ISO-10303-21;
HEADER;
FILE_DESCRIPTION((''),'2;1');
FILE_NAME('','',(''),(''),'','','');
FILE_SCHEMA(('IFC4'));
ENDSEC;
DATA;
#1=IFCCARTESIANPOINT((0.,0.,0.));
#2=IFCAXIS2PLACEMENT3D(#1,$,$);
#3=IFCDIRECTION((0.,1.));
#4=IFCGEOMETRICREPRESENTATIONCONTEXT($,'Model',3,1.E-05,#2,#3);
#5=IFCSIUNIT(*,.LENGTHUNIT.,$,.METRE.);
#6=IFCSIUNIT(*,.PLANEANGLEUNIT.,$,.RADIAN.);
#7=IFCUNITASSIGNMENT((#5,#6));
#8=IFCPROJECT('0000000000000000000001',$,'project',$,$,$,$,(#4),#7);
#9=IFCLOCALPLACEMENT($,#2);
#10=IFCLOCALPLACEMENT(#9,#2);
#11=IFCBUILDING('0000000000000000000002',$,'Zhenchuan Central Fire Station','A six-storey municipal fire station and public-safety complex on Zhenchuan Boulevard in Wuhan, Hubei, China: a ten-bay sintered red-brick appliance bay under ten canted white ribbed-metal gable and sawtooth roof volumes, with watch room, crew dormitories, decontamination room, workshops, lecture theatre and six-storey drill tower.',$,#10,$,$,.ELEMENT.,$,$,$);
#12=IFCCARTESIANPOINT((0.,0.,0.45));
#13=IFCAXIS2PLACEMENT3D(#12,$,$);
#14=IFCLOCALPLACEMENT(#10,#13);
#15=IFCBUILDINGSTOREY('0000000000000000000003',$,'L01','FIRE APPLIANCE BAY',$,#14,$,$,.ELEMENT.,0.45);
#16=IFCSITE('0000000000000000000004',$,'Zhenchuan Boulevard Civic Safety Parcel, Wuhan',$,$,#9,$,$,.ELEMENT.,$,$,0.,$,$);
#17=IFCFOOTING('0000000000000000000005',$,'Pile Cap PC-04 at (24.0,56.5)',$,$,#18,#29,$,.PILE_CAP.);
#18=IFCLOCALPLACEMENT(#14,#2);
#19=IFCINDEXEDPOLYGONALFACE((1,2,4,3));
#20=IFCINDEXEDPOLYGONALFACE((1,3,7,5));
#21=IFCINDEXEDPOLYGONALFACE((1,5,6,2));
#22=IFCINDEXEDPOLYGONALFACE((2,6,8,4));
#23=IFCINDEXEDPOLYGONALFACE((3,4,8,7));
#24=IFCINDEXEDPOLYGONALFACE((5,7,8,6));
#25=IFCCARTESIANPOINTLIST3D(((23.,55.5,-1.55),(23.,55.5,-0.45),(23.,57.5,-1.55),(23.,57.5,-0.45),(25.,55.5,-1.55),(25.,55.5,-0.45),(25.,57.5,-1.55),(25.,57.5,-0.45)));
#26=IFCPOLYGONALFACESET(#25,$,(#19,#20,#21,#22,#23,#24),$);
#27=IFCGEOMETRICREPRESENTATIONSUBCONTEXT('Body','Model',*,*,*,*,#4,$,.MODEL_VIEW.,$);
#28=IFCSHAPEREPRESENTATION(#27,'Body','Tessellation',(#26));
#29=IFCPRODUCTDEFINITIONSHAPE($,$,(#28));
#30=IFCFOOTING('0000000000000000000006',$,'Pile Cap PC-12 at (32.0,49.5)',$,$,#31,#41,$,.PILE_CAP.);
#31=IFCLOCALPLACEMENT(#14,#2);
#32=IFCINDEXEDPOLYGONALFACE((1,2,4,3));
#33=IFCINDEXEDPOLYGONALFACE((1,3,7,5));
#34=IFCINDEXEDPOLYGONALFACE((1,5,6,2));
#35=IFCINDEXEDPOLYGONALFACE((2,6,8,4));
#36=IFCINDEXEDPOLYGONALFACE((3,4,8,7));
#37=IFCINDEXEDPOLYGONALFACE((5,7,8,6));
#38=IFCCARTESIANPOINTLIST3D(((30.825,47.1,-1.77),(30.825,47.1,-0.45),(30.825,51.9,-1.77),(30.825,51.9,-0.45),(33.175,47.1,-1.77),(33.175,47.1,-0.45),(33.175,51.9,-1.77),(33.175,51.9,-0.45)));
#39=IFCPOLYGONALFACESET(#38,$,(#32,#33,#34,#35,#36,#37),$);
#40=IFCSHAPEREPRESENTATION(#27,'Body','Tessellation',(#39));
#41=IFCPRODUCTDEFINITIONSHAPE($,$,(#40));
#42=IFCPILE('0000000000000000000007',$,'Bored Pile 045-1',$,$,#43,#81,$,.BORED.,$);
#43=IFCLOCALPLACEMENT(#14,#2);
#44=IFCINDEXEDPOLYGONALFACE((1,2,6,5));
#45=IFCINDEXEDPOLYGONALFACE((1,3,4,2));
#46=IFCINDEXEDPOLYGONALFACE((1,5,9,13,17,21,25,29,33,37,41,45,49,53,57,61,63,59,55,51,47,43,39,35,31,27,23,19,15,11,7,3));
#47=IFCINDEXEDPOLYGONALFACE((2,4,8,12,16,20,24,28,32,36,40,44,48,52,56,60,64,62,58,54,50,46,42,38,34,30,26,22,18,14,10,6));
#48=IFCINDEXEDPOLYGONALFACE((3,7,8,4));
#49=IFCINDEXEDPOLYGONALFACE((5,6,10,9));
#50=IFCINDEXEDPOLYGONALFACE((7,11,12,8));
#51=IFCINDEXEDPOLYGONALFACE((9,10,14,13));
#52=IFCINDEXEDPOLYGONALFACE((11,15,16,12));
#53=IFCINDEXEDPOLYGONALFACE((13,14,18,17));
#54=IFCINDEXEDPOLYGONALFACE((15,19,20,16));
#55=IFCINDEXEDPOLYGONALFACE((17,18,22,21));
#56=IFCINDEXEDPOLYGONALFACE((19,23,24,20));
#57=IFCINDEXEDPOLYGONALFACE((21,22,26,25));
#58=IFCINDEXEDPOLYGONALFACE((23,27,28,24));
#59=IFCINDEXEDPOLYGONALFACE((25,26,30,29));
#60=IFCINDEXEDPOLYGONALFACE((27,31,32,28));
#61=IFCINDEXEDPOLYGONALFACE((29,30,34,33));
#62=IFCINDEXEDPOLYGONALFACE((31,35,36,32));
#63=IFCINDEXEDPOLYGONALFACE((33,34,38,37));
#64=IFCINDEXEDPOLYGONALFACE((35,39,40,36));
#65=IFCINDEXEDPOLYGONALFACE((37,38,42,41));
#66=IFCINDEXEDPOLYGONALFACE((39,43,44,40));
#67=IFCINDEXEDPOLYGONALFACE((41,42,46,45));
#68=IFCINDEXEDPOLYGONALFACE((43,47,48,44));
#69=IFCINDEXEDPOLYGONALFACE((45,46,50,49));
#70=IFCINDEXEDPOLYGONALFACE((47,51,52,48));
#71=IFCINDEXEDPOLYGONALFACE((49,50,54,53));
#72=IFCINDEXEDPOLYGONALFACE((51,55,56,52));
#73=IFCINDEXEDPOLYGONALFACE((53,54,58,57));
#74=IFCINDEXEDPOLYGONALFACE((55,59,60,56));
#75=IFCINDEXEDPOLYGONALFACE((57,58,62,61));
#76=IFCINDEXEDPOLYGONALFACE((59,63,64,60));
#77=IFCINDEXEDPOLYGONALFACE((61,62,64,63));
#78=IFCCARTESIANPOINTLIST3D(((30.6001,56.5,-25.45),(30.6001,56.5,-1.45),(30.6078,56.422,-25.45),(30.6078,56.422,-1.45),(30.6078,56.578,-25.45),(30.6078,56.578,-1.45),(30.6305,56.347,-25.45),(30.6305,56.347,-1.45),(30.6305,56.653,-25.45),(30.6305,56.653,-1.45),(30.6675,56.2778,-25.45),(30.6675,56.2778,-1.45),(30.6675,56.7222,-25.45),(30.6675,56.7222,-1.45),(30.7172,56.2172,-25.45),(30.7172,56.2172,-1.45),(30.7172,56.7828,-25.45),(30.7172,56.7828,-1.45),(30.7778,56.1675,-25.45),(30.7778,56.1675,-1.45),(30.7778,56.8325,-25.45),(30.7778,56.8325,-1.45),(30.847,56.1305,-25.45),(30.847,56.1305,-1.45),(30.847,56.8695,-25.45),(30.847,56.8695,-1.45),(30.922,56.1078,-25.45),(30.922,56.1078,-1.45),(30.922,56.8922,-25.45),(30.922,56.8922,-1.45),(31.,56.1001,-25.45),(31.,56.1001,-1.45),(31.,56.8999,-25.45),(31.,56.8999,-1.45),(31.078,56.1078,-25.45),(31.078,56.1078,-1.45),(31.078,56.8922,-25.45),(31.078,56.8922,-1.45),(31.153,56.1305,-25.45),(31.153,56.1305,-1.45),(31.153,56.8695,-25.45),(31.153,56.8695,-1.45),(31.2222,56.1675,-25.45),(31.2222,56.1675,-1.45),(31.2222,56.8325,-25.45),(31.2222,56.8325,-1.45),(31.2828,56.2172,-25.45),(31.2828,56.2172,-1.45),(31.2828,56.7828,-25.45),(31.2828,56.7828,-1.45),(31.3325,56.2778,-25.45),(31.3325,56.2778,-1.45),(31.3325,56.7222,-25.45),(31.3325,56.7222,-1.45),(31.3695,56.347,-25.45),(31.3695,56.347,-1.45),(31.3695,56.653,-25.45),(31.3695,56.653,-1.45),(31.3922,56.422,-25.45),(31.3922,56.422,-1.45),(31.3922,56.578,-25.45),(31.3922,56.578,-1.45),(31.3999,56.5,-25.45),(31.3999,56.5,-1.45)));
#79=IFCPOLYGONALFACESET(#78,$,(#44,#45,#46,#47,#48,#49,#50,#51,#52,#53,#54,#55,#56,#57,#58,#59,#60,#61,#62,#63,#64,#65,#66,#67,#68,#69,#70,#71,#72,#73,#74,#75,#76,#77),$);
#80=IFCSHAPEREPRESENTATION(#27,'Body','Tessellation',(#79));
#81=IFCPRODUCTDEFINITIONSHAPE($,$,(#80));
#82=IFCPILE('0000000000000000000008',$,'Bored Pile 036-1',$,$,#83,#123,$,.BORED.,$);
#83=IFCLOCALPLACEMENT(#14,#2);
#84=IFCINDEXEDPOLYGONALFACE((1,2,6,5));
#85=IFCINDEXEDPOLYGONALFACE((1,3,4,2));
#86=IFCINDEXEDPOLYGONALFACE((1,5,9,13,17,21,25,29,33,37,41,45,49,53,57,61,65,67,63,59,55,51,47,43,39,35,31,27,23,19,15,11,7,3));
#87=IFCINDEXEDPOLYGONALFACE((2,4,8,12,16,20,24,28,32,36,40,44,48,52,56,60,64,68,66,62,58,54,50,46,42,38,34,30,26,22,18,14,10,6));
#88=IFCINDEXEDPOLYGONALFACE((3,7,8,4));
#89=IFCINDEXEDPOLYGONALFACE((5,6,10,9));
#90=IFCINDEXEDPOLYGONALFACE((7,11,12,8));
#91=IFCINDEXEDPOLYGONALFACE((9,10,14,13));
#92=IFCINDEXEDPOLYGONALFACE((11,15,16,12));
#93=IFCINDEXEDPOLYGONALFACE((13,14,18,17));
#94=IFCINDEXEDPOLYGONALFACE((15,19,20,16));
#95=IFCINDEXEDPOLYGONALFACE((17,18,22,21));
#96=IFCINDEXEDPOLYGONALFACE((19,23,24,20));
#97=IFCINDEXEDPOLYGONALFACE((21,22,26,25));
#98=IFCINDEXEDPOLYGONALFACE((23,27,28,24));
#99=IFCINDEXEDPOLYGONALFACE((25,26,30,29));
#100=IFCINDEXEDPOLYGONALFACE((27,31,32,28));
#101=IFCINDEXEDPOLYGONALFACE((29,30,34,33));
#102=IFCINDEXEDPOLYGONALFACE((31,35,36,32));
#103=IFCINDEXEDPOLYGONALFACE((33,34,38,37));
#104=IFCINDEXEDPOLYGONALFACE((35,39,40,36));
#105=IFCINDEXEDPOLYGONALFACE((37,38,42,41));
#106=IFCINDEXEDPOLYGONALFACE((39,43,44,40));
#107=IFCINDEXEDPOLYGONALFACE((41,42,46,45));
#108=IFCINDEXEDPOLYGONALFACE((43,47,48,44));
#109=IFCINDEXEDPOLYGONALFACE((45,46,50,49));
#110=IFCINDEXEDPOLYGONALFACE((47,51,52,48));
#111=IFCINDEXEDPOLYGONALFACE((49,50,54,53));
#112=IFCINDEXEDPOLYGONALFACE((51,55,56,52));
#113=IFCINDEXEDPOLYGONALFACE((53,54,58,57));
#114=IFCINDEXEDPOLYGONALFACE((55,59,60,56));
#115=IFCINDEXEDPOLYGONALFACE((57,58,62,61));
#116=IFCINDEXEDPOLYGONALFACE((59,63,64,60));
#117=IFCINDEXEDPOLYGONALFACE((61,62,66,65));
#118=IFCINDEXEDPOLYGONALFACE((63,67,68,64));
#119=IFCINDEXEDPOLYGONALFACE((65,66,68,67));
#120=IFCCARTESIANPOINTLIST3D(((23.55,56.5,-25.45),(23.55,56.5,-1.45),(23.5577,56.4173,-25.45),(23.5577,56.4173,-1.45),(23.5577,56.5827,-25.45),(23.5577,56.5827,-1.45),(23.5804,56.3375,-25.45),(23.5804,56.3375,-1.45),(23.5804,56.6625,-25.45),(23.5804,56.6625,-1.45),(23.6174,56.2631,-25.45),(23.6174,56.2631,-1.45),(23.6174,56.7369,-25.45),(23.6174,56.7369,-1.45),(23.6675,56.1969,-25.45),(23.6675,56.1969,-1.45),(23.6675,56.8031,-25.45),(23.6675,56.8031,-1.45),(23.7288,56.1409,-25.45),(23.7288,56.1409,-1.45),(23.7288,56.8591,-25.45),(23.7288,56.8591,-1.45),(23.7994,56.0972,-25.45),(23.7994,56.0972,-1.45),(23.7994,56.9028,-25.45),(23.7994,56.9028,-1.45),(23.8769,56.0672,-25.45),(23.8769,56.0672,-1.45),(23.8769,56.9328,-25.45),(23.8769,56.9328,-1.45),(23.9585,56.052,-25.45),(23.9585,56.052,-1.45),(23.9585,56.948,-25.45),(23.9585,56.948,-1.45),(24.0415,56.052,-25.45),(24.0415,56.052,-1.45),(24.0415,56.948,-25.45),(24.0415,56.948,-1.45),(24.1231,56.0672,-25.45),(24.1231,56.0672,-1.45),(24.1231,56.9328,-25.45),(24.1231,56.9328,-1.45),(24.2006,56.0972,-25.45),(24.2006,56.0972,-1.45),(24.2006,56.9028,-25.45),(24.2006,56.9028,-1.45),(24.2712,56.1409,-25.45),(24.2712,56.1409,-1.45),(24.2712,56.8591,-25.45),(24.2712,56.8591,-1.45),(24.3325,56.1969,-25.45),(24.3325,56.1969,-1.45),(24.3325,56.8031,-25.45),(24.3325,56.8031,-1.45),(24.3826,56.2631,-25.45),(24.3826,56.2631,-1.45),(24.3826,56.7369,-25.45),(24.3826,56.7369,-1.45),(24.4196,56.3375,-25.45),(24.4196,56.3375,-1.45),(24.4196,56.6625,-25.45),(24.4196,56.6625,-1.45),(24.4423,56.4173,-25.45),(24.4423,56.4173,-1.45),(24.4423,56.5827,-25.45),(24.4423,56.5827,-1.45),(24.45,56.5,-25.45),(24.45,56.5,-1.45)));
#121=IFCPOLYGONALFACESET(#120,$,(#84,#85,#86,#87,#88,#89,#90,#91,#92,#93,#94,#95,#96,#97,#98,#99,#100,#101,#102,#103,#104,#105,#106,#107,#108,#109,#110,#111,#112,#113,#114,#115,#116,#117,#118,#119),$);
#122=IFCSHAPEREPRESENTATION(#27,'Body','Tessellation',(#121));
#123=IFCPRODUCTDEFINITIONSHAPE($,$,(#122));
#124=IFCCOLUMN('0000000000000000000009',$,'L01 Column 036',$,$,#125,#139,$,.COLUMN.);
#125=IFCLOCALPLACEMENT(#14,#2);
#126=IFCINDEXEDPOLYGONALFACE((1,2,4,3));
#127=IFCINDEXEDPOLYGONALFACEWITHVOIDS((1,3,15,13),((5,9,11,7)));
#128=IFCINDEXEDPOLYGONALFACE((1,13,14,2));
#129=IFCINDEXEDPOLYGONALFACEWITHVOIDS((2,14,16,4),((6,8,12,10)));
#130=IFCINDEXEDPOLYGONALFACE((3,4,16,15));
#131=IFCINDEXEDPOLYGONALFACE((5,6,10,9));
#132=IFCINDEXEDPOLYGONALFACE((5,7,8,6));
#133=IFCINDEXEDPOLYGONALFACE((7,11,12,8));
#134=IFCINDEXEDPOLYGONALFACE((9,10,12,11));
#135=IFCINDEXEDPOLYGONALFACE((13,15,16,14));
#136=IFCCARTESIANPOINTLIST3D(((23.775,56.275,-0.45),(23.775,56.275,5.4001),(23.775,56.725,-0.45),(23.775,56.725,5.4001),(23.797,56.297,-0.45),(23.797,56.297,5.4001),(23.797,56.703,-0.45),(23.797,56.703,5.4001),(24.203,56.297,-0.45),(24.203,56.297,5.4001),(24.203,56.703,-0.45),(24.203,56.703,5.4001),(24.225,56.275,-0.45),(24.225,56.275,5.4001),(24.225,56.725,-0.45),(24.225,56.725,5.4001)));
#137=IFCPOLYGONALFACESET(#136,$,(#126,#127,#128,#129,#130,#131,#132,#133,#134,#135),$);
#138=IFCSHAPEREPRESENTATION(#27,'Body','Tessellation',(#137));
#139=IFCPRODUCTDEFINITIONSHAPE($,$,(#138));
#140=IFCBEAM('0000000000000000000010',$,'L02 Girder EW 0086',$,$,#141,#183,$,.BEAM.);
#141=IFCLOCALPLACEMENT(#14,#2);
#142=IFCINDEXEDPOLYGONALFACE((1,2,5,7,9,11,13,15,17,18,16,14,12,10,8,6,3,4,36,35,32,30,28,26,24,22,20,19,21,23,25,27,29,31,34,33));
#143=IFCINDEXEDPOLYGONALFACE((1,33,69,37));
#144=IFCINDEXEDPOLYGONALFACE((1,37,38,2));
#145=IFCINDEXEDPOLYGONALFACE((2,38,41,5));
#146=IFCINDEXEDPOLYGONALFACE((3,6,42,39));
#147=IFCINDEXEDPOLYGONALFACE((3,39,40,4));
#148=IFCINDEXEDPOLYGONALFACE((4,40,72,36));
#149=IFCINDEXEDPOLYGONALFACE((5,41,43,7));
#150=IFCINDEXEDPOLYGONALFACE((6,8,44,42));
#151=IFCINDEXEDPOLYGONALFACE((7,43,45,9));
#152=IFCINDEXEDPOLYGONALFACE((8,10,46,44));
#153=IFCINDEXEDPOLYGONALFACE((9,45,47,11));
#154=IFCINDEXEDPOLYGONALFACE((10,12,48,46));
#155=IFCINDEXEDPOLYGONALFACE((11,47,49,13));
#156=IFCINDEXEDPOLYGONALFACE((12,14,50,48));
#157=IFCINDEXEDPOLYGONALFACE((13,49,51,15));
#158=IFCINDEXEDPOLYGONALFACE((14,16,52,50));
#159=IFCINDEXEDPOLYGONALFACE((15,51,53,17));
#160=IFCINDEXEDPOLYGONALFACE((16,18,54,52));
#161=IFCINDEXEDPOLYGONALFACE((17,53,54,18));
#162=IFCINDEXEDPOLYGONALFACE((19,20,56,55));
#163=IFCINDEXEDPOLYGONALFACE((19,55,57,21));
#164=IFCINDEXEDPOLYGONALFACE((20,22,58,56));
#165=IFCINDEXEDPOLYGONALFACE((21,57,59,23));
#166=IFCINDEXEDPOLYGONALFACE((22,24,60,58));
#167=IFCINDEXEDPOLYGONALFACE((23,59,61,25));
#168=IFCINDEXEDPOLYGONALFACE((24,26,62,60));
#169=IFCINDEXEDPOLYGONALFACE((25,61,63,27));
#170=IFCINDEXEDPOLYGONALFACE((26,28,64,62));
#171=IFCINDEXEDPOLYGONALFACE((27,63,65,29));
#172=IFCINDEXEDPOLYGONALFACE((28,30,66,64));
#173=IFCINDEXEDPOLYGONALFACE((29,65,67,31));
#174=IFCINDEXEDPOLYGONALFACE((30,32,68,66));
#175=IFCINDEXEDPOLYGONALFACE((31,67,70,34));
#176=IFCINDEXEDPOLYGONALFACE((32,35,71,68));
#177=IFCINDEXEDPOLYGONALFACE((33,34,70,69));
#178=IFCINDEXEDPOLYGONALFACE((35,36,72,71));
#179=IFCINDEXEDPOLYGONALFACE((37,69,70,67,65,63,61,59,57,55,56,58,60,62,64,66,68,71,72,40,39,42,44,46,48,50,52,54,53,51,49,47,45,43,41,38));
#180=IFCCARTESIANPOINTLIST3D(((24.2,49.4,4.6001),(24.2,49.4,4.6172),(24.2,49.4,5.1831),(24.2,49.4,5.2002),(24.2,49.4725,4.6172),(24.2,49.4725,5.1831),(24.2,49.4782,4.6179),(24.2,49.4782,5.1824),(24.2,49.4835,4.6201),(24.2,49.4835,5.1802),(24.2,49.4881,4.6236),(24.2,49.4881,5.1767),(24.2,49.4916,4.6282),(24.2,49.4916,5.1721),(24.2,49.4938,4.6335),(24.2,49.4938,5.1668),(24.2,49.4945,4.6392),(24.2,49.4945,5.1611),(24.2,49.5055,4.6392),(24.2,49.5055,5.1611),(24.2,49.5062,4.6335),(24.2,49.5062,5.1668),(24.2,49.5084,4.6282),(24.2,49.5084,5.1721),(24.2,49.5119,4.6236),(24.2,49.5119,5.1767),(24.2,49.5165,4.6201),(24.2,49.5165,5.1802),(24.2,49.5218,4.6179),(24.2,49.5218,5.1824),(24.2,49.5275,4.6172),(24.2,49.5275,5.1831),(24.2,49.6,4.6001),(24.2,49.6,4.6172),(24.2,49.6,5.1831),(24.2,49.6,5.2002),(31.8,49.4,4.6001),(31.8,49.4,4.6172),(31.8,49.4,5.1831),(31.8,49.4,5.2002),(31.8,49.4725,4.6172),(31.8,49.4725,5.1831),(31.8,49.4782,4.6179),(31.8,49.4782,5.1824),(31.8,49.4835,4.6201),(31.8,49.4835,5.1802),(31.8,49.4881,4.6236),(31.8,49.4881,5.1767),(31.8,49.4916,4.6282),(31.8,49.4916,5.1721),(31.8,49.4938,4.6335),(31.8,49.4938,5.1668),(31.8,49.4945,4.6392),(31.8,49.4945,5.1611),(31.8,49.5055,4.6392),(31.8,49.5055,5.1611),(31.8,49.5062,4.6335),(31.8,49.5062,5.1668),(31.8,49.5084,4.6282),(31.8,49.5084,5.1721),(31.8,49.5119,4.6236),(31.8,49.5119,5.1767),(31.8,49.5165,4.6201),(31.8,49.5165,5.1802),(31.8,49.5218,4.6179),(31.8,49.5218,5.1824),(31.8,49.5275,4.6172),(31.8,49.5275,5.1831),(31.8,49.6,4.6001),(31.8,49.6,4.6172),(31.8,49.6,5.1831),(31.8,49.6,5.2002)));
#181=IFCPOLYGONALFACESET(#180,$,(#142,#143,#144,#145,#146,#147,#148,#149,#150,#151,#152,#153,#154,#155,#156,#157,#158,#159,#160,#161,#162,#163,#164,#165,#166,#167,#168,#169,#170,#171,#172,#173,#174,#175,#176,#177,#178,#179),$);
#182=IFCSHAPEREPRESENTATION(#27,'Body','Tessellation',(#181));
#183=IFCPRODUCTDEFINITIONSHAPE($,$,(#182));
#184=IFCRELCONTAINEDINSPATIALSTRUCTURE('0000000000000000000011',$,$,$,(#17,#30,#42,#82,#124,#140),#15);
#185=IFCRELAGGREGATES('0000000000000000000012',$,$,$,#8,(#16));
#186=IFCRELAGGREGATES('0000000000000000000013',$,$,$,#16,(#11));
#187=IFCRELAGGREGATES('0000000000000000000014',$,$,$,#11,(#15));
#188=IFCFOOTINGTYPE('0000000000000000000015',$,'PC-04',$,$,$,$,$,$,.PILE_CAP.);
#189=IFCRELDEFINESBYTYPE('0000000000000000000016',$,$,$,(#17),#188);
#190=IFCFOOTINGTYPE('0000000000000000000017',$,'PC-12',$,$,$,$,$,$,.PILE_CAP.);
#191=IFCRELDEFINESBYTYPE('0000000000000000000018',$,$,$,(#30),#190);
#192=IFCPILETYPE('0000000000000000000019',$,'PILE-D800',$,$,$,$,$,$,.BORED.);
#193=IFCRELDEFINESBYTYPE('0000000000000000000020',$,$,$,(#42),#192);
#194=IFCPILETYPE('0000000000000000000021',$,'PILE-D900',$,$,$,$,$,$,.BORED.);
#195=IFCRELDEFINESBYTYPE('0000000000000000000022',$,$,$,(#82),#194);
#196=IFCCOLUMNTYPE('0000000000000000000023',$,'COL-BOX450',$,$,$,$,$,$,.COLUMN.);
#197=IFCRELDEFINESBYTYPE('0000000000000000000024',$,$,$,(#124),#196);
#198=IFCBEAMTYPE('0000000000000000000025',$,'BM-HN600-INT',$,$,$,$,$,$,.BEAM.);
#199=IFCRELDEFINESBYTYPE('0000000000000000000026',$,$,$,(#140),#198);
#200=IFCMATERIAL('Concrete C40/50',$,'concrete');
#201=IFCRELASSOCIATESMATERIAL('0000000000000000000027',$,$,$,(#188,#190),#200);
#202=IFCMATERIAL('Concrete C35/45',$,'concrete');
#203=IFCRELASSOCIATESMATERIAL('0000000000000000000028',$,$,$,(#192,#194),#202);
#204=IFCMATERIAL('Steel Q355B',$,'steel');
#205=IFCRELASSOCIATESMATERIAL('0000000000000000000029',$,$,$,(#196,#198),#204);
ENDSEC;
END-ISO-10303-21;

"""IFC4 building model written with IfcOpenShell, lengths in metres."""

from ifc_helpers import new_model, si_unit, direction, frame, origin, origin_2d, place, context, subcontext, project, spatial, rectangle, hollow_rectangle, circle, i_section, extrude, material, material_profile, profile_set, type_object, element, save


model = new_model("IFC4")

# Units and contexts
model_context = context("Model", 3, precision=1e-05, world=origin(), true_north=direction((0.0, 1.0)))
body_context = subcontext(model_context, "Body", "Model", "MODEL_VIEW")
ifc_project = project(units=[si_unit("LENGTHUNIT", "METRE"), si_unit("PLANEANGLEUNIT", "RADIAN")], contexts=[model_context])

# Site, building, storey
site_placement = place(None, origin())
site = spatial("IfcSite", under=ifc_project, at=site_placement, Name="Zhenchuan Boulevard Civic Safety Parcel, Wuhan", CompositionType="ELEMENT", RefElevation=0.0)
building_placement = place(site_placement, origin())
building = spatial("IfcBuilding", under=site, at=building_placement, Name="Zhenchuan Central Fire Station", Description="A six-storey municipal fire station and public-safety complex on Zhenchuan Boulevard in Wuhan, Hubei, China: a ten-bay sintered red-brick appliance bay under ten canted white ribbed-metal gable and sawtooth roof volumes, with watch room, crew dormitories, decontamination room, workshops, lecture theatre and six-storey drill tower.", CompositionType="ELEMENT")
storey_placement = place(building_placement, frame((0.0, 0.0, 0.45)))
storey = spatial("IfcBuildingStorey", under=building, at=storey_placement, Name="L01", Description="FIRE APPLIANCE BAY", CompositionType="ELEMENT", Elevation=0.45)

# Footings
ifc_material_1 = material(Name="Concrete C40/50", Category="concrete")
footing_type_1 = type_object("IfcFootingType", Name="PC-04", PredefinedType="PILE_CAP", material=ifc_material_1)
footing_1_placement = place(storey_placement, frame((24.0, 56.5, -1.55), z_axis=(0.0, 0.0, 1.0), x_axis=(1.0, 0.0, 0.0)))
element("IfcFooting", 1, at=footing_1_placement, inside=storey, type_object=footing_type_1, Name="Pile Cap PC-04 at (24.0,56.5)", PredefinedType="PILE_CAP", context=body_context, shape_type="SweptSolid", body=[
    extrude(rectangle(XDim=2.0, YDim=2.0, at=origin_2d()), origin(), (0.0, 0.0, 1.0), 1.1001),
])
footing_type_2 = type_object("IfcFootingType", Name="PC-12", PredefinedType="PILE_CAP", material=ifc_material_1)
footing_2_placement = place(storey_placement, frame((32.0, 49.5, -1.77), z_axis=(0.0, 0.0, 1.0), x_axis=(1.0, 0.0, 0.0)))
element("IfcFooting", 2, at=footing_2_placement, inside=storey, type_object=footing_type_2, Name="Pile Cap PC-12 at (32.0,49.5)", PredefinedType="PILE_CAP", context=body_context, shape_type="SweptSolid", body=[
    extrude(rectangle(XDim=2.3501, YDim=4.8, at=origin_2d()), origin(), (0.0, 0.0, 1.0), 1.3201),
])

# Piles
ifc_material_2 = material(Name="Concrete C35/45", Category="concrete")
ifc_material_profile_1 = material_profile(ifc_material_2, circle(Radius=0.3999, at=origin_2d()), Name="PILE D800")
ifc_profile_set_1 = profile_set([ifc_material_profile_1], Name="Concrete C35/45")
pile_type_1 = type_object("IfcPileType", Name="PILE-D800", PredefinedType="BORED", material=ifc_profile_set_1)
pile_1_placement = place(storey_placement, frame((31.0, 56.5, -1.45), z_axis=(0.0, 0.0, -1.0), x_axis=(1.0, 0.0, 0.0)))
element("IfcPile", 3, at=pile_1_placement, inside=storey, type_object=pile_type_1, Name="Bored Pile 045-1", PredefinedType="BORED", context=body_context, shape_type="SweptSolid", body=[
    extrude(circle(Radius=0.3999, at=origin_2d()), origin(), (0.0, 0.0, 1.0), 24.0),
])
ifc_material_profile_2 = material_profile(ifc_material_2, circle(Radius=0.45, at=origin_2d()), Name="PILE D900")
ifc_profile_set_2 = profile_set([ifc_material_profile_2], Name="Concrete C35/45")
pile_type_2 = type_object("IfcPileType", Name="PILE-D900", PredefinedType="BORED", material=ifc_profile_set_2)
pile_2_placement = place(storey_placement, frame((24.0, 56.5, -1.45), z_axis=(0.0, 0.0, -1.0), x_axis=(1.0, 0.0, 0.0)))
element("IfcPile", 4, at=pile_2_placement, inside=storey, type_object=pile_type_2, Name="Bored Pile 036-1", PredefinedType="BORED", context=body_context, shape_type="SweptSolid", body=[
    extrude(circle(Radius=0.45, at=origin_2d()), origin(), (0.0, 0.0, 1.0), 24.0),
])

# Column
ifc_material_3 = material(Name="Steel Q355B", Category="steel")
ifc_material_profile_3 = material_profile(ifc_material_3, hollow_rectangle(XDim=0.45, YDim=0.45, WallThickness=0.022, at=origin_2d()), Name="BOX 450x450x22")
ifc_profile_set_3 = profile_set([ifc_material_profile_3], Name="Steel Q355B")
column_type = type_object("IfcColumnType", Name="COL-BOX450", PredefinedType="COLUMN", material=ifc_profile_set_3)
column_placement = place(storey_placement, frame((24.0, 56.5, -0.45), z_axis=(0.0, 0.0, 1.0), x_axis=(1.0, 0.0, 0.0)))
element("IfcColumn", 5, at=column_placement, inside=storey, type_object=column_type, Name="L01 Column 036", PredefinedType="COLUMN", context=body_context, shape_type="SweptSolid", body=[
    extrude(hollow_rectangle(XDim=0.45, YDim=0.45, WallThickness=0.022, at=origin_2d()), origin(), (0.0, 0.0, 1.0), 5.8501),
])

# Beam
ifc_material_profile_4 = material_profile(ifc_material_3, i_section(OverallWidth=0.2, OverallDepth=0.6001, WebThickness=0.011, FlangeThickness=0.0171, FilletRadius=0.022, at=origin_2d()), Name="HN 600x200")
ifc_profile_set_4 = profile_set([ifc_material_profile_4], Name="Steel Q355B")
beam_type_1 = type_object("IfcBeamType", Name="BM-HN600-INT", PredefinedType="BEAM", material=ifc_profile_set_4)
beam_1_placement = place(storey_placement, frame((24.2, 49.5, 4.9001), z_axis=(1.0, 0.0, 0.0), x_axis=(0.0, 1.0, 0.0)))
element("IfcBeam", 6, at=beam_1_placement, inside=storey, type_object=beam_type_1, Name="L02 Girder EW 0086", PredefinedType="BEAM", context=body_context, shape_type="SweptSolid", body=[
    extrude(i_section(OverallWidth=0.2, OverallDepth=0.6001, WebThickness=0.011, FlangeThickness=0.0171, FilletRadius=0.022, at=origin_2d()), origin(), (0.0, 0.0, 1.0), 7.6001),
])

save(model, "model.ifc")
